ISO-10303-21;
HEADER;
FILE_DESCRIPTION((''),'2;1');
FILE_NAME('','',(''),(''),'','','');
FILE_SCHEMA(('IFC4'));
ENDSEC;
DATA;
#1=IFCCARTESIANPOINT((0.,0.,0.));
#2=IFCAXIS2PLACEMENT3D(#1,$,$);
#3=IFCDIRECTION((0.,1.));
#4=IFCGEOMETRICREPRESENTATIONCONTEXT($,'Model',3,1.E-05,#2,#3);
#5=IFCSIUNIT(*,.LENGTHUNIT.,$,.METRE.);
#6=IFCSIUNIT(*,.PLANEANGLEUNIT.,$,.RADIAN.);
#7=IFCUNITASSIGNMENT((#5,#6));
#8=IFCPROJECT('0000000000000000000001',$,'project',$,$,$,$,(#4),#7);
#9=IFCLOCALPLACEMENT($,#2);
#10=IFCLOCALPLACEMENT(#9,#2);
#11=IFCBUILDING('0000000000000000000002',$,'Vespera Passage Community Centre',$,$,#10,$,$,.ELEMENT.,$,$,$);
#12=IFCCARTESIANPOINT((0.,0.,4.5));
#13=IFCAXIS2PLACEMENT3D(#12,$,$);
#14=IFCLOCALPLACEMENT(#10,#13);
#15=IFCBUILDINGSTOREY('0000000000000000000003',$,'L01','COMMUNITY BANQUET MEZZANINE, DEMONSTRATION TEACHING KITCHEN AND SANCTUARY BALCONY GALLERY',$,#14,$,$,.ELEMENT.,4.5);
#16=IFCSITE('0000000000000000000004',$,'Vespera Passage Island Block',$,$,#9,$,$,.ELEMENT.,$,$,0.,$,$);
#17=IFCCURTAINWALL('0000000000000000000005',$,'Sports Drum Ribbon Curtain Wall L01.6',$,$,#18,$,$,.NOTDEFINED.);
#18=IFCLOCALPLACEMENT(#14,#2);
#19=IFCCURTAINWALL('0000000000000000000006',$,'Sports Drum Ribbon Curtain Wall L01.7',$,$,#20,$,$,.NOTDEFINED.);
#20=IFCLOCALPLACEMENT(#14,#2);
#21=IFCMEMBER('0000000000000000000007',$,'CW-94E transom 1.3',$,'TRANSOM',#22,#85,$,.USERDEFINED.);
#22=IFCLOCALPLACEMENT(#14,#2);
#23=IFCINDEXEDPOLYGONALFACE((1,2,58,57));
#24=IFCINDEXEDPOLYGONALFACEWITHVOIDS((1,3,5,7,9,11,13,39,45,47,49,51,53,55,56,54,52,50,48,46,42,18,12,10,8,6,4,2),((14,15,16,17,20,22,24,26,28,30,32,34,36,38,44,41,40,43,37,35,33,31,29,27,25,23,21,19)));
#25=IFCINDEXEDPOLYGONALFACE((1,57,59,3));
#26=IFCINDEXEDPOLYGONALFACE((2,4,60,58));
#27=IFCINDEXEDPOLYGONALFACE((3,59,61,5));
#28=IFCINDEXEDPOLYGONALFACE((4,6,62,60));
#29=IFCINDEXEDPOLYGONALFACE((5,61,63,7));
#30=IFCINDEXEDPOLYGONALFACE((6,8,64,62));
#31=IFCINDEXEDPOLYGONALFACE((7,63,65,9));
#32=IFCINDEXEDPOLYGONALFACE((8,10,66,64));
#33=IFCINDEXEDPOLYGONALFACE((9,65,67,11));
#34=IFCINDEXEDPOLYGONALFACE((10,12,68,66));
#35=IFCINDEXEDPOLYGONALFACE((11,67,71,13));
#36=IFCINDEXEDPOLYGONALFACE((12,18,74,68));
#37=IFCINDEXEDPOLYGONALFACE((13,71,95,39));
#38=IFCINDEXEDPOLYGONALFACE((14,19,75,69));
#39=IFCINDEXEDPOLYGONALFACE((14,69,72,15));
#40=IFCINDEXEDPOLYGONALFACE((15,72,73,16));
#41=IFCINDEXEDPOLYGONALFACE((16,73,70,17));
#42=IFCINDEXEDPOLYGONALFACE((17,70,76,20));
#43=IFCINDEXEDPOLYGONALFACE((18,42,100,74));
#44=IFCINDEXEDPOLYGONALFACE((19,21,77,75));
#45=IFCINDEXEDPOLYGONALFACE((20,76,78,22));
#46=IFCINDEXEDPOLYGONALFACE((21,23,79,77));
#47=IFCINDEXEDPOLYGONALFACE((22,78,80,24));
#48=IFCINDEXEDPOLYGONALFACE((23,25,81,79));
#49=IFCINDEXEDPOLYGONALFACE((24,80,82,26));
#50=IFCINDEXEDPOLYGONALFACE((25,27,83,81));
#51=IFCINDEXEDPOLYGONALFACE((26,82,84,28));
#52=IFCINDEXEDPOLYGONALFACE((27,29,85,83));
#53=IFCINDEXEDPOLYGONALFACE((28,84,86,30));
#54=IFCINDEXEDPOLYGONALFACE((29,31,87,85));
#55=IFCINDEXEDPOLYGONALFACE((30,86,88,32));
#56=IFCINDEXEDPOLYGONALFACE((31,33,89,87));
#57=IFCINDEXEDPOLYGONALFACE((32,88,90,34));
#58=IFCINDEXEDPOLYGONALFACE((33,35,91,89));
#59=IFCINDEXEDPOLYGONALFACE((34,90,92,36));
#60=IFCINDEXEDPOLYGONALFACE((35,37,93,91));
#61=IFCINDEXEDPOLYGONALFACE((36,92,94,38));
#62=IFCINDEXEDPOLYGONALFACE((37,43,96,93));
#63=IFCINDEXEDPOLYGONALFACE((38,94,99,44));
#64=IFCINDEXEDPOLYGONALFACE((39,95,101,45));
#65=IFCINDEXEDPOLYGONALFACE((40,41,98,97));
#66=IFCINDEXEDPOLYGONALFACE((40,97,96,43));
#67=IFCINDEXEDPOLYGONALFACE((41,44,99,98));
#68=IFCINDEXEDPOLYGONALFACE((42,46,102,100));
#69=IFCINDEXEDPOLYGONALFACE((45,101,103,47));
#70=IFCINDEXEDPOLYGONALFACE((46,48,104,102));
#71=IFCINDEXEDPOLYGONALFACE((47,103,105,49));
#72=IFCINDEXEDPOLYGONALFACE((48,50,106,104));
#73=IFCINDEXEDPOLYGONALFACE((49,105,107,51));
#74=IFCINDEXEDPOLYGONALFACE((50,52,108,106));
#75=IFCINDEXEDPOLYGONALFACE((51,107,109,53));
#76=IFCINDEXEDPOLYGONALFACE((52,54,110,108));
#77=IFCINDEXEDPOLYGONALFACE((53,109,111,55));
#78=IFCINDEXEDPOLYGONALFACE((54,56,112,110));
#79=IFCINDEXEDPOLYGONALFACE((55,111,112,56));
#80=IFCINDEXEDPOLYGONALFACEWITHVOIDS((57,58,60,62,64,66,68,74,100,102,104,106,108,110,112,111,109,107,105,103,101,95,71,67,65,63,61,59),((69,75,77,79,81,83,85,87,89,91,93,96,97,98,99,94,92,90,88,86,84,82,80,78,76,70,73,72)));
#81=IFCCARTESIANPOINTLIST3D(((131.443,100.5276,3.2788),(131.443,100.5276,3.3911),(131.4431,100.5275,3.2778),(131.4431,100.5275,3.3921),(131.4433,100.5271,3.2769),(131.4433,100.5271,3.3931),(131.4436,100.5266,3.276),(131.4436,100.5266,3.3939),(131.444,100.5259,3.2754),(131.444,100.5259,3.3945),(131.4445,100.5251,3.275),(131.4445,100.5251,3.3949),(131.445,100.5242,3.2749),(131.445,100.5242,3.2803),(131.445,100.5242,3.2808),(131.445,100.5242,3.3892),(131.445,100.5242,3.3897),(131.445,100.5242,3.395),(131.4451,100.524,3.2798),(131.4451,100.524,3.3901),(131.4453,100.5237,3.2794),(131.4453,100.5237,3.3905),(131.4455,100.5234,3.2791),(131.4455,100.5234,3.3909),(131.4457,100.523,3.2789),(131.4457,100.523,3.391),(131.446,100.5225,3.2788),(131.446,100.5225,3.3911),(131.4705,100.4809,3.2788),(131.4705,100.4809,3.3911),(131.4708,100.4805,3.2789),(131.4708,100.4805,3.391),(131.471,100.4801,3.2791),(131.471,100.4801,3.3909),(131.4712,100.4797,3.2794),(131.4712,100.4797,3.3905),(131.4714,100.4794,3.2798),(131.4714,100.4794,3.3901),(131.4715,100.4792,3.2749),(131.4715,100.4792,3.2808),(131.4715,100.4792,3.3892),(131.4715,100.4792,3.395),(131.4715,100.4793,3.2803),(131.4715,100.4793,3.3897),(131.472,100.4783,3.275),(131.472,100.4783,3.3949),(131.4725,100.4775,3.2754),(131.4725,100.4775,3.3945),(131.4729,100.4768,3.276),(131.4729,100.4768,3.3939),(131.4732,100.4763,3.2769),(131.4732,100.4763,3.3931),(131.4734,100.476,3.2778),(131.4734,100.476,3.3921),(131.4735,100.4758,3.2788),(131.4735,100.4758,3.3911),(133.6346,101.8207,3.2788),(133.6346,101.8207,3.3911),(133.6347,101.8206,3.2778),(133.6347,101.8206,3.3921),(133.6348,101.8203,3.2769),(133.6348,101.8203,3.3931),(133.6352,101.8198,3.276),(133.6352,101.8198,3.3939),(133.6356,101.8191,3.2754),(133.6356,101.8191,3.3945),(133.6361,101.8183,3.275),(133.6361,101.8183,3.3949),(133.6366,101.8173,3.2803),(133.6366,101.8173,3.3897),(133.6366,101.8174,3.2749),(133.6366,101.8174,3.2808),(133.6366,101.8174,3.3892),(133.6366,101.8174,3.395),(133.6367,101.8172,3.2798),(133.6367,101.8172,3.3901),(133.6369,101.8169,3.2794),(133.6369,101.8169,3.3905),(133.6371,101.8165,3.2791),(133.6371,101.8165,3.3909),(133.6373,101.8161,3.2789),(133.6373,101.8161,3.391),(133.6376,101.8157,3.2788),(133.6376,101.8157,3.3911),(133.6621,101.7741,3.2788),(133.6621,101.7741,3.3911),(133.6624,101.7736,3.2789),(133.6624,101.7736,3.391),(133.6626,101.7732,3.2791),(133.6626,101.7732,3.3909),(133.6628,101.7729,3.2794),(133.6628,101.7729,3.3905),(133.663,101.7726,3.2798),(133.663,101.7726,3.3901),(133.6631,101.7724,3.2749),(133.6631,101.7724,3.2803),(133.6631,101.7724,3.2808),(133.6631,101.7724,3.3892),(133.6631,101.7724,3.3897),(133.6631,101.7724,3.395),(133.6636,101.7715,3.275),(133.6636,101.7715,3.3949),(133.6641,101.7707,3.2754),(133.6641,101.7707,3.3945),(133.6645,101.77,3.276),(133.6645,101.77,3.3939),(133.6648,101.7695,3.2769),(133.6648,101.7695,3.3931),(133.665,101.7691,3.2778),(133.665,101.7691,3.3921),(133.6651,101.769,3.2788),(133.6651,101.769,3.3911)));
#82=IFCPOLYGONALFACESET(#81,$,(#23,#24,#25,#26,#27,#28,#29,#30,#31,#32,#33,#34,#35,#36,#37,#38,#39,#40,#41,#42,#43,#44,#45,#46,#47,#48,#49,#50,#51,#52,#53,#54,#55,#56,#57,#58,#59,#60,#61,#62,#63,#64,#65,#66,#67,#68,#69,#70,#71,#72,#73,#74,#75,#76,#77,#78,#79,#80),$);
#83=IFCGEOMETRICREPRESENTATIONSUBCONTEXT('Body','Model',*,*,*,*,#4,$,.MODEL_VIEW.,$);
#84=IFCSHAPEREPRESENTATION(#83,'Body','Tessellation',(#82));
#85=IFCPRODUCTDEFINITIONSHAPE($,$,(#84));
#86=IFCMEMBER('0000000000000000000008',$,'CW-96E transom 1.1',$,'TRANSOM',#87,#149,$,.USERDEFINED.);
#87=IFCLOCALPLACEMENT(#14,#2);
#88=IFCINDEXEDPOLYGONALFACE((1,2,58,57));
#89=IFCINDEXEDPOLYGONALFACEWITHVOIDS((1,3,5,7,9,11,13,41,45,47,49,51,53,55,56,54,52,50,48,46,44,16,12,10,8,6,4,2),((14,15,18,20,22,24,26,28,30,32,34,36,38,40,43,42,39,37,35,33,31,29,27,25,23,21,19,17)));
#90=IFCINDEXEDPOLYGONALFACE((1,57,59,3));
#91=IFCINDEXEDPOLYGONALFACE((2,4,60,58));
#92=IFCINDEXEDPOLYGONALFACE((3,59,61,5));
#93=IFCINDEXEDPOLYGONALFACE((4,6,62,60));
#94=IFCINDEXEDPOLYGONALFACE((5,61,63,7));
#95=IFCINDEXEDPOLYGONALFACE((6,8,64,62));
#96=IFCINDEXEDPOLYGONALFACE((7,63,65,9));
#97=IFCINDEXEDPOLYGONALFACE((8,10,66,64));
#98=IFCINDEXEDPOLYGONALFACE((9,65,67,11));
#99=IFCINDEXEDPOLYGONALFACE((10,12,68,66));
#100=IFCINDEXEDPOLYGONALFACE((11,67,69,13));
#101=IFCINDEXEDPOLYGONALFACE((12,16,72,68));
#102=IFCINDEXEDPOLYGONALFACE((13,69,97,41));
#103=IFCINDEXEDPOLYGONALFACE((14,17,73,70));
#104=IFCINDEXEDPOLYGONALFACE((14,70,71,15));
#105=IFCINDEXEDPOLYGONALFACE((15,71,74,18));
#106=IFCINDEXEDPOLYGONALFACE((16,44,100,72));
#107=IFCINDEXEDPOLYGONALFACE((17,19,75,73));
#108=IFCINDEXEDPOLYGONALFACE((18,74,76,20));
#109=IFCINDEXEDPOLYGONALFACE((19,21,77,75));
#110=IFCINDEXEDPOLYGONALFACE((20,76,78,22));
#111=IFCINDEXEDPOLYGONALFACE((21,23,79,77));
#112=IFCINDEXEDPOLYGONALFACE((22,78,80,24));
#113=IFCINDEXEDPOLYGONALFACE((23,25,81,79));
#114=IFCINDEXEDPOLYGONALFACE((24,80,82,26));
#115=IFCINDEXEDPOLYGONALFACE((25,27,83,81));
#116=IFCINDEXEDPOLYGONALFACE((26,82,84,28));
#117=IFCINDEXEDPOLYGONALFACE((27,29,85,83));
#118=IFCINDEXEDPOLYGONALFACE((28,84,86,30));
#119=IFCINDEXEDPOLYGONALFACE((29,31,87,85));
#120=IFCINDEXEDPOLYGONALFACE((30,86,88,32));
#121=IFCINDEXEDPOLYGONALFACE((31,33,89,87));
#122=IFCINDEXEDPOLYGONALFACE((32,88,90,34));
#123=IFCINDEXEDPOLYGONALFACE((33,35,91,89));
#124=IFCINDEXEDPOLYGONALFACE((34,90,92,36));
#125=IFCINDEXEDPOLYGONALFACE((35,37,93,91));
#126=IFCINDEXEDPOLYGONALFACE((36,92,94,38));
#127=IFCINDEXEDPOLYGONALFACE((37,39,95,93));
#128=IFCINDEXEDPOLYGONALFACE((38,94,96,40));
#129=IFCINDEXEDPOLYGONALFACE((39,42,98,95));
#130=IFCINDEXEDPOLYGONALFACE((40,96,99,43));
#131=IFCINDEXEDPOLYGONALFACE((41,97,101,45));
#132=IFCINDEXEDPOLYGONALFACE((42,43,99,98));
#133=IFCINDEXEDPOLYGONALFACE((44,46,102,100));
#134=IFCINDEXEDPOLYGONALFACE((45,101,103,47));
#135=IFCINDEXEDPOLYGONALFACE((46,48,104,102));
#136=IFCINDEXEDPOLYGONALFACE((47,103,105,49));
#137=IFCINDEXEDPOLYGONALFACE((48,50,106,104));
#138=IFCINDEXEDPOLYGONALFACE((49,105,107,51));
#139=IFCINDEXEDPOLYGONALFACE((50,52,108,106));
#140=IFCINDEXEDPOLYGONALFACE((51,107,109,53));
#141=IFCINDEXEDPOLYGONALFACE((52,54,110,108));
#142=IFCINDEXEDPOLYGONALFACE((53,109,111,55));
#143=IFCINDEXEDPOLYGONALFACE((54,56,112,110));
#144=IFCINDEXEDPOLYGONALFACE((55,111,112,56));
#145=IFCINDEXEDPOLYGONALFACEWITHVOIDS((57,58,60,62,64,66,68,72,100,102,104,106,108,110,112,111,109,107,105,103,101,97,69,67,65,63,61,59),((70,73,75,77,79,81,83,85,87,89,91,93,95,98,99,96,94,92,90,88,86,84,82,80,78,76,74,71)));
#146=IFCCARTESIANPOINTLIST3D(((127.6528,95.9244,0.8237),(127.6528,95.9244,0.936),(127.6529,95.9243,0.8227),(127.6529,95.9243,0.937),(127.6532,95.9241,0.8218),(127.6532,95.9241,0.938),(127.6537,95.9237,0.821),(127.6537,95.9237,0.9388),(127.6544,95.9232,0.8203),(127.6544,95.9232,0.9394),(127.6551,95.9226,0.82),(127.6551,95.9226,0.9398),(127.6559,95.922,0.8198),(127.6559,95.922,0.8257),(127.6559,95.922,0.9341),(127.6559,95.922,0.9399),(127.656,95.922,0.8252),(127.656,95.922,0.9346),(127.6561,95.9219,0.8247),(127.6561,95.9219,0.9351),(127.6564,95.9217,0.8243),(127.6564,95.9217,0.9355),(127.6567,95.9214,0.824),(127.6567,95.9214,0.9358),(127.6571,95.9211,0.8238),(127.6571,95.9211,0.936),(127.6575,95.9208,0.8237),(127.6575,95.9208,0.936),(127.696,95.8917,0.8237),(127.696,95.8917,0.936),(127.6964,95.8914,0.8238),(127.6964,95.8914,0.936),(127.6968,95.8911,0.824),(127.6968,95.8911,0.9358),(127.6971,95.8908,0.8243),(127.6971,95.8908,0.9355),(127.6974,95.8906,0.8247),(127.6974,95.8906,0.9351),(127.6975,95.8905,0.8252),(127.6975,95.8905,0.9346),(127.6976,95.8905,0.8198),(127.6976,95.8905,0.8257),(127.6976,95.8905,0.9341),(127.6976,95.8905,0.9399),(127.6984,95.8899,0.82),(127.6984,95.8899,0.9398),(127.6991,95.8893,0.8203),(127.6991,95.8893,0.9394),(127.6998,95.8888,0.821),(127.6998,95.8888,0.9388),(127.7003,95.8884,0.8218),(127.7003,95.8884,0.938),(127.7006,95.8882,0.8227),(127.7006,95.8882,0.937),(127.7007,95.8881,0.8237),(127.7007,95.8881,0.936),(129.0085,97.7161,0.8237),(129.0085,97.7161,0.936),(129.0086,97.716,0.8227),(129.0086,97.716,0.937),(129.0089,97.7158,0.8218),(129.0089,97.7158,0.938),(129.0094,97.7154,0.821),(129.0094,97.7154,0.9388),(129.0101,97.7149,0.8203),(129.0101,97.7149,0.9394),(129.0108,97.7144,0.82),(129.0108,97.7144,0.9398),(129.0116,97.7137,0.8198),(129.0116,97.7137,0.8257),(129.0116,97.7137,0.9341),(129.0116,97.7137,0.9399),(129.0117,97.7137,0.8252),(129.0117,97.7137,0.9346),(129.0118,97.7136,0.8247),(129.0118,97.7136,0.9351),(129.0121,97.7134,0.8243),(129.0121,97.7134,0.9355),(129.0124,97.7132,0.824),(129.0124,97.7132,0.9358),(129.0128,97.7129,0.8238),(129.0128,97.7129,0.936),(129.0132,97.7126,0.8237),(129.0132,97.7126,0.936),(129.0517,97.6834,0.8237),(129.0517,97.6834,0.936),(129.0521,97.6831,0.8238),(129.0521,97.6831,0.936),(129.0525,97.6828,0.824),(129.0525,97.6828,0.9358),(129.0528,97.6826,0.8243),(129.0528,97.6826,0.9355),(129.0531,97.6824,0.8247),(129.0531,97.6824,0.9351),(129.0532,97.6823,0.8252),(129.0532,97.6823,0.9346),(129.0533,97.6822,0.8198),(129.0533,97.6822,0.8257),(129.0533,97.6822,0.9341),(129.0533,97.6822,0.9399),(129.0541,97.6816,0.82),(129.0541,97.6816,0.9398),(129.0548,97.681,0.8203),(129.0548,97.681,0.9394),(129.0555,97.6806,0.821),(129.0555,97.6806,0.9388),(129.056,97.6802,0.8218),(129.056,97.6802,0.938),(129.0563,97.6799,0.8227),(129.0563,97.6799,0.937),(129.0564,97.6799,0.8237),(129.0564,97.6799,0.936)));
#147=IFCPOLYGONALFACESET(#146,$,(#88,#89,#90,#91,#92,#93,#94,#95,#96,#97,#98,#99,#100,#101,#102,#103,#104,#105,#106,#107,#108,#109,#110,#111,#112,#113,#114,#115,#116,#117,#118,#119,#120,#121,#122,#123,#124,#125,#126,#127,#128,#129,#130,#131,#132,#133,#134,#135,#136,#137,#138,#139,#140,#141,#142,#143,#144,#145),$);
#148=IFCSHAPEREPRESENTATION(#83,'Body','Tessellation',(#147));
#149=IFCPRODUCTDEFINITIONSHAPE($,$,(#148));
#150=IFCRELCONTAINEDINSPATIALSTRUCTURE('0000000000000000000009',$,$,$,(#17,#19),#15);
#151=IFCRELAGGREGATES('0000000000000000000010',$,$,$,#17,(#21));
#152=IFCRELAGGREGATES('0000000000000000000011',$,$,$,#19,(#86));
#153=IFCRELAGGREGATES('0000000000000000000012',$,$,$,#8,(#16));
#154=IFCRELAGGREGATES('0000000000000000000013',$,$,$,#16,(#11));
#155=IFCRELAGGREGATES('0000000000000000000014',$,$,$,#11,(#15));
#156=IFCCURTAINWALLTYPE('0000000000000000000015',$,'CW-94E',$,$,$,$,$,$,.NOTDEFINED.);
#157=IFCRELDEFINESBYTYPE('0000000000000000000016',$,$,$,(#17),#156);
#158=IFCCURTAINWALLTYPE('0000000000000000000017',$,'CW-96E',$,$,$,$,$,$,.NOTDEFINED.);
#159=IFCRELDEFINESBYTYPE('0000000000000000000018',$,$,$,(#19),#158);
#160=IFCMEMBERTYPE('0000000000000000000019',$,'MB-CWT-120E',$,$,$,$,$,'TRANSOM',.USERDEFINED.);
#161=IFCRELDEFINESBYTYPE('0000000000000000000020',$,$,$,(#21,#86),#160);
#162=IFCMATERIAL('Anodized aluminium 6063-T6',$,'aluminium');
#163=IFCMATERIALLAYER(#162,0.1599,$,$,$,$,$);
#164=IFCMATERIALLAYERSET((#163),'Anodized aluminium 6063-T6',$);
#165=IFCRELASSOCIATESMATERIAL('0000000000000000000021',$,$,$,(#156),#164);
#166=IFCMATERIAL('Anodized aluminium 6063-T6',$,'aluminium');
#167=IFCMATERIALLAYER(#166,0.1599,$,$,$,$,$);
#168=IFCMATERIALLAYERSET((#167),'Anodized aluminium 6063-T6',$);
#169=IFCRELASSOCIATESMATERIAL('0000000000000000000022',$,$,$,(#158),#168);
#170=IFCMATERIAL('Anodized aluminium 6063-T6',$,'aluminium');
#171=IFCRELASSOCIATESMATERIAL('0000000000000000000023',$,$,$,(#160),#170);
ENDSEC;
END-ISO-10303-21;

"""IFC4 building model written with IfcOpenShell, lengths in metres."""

from ifc_helpers import new_model, si_unit, direction, frame, origin, origin_2d, place, context, subcontext, project, spatial, hollow_rectangle, extrude, material, layer, layer_set, material_profile, profile_set, type_object, element, aggregate, save


model = new_model("IFC4")

# Units and contexts
model_context = context("Model", 3, precision=1e-05, world=origin(), true_north=direction((0.0, 1.0)))
body_context = subcontext(model_context, "Body", "Model", "MODEL_VIEW")
ifc_project = project(units=[si_unit("LENGTHUNIT", "METRE"), si_unit("PLANEANGLEUNIT", "RADIAN")], contexts=[model_context])

# Site, building, storey
site_placement = place(None, origin())
site = spatial("IfcSite", under=ifc_project, at=site_placement, Name="Vespera Passage Island Block", CompositionType="ELEMENT", RefElevation=0.0)
building_placement = place(site_placement, origin())
building = spatial("IfcBuilding", under=site, at=building_placement, Name="Vespera Passage Community Centre", CompositionType="ELEMENT")
storey_placement = place(building_placement, frame((0.0, 0.0, 4.5)))
storey = spatial("IfcBuildingStorey", under=building, at=storey_placement, Name="L01", Description="COMMUNITY BANQUET MEZZANINE, DEMONSTRATION TEACHING KITCHEN AND SANCTUARY BALCONY GALLERY", CompositionType="ELEMENT", Elevation=4.5)

# Curtain wall
ifc_material_1 = material(Name="Anodized aluminium 6063-T6", Category="aluminium")
ifc_layer_1 = layer(ifc_material_1, 0.1599)
ifc_layer_set_1 = layer_set([ifc_layer_1], Name="Anodized aluminium 6063-T6")
curtain_wall_type_1 = type_object("IfcCurtainWallType", Name="CW-94E", PredefinedType="NOTDEFINED", material=ifc_layer_set_1)
curtain_wall_1_placement = place(storey_placement, origin())
curtain_wall_1 = element("IfcCurtainWall", 1, at=curtain_wall_1_placement, inside=storey, type_object=curtain_wall_type_1, Name="Sports Drum Ribbon Curtain Wall L01.6", PredefinedType="NOTDEFINED")

# Curtain wall
ifc_material_2 = material(Name="Anodized aluminium 6063-T6", Category="aluminium")
ifc_layer_2 = layer(ifc_material_2, 0.1599)
ifc_layer_set_2 = layer_set([ifc_layer_2], Name="Anodized aluminium 6063-T6")
curtain_wall_type_2 = type_object("IfcCurtainWallType", Name="CW-96E", PredefinedType="NOTDEFINED", material=ifc_layer_set_2)
curtain_wall_2_placement = place(storey_placement, origin())
curtain_wall_2 = element("IfcCurtainWall", 2, at=curtain_wall_2_placement, inside=storey, type_object=curtain_wall_type_2, Name="Sports Drum Ribbon Curtain Wall L01.7", PredefinedType="NOTDEFINED")

# Members
ifc_material_3 = material(Name="Anodized aluminium 6063-T6", Category="aluminium")
ifc_material_profile_1 = material_profile(ifc_material_3, hollow_rectangle(XDim=0.0601, YDim=0.1201, WallThickness=0.0039, InnerFilletRadius=0.002, OuterFilletRadius=0.0039, at=origin_2d()), Name="ALU120X60X4")
ifc_profile_set_1 = profile_set([ifc_material_profile_1], Name="Anodized aluminium 6063-T6")
member_type_1 = type_object("IfcMemberType", Name="MB-CWT-120E", ElementType="TRANSOM", PredefinedType="USERDEFINED", material=ifc_profile_set_1)
member_1_placement = place(storey_placement, frame((131.4583, 100.5017, 3.335), z_axis=(0.861245, 0.508189, 0.0), x_axis=(-0.508189, 0.861245, 0.0)))
member_1 = element("IfcMember", 3, at=member_1_placement, type_object=member_type_1, Name="CW-94E transom 1.3", ObjectType="TRANSOM", PredefinedType="USERDEFINED", context=body_context, shape_type="SweptSolid", body=[
    extrude(hollow_rectangle(XDim=0.0601, YDim=0.1201, WallThickness=0.0039, InnerFilletRadius=0.002, OuterFilletRadius=0.0039, at=origin_2d()), origin(), (0.0, 0.0, 1.0), 2.5447),
])
member_2_placement = place(storey_placement, frame((127.6768, 95.9062, 0.8799), z_axis=(0.603385, 0.79745, 0.0), x_axis=(-0.79745, 0.603385, 0.0)))
member_2 = element("IfcMember", 4, at=member_2_placement, type_object=member_type_1, Name="CW-96E transom 1.1", ObjectType="TRANSOM", PredefinedType="USERDEFINED", context=body_context, shape_type="SweptSolid", body=[
    extrude(hollow_rectangle(XDim=0.0601, YDim=0.1201, WallThickness=0.0039, InnerFilletRadius=0.002, OuterFilletRadius=0.0039, at=origin_2d()), origin(), (0.0, 0.0, 1.0), 2.2468),
])

aggregate(curtain_wall_1, [member_1])
aggregate(curtain_wall_2, [member_2])

save(model, "model.ifc")
